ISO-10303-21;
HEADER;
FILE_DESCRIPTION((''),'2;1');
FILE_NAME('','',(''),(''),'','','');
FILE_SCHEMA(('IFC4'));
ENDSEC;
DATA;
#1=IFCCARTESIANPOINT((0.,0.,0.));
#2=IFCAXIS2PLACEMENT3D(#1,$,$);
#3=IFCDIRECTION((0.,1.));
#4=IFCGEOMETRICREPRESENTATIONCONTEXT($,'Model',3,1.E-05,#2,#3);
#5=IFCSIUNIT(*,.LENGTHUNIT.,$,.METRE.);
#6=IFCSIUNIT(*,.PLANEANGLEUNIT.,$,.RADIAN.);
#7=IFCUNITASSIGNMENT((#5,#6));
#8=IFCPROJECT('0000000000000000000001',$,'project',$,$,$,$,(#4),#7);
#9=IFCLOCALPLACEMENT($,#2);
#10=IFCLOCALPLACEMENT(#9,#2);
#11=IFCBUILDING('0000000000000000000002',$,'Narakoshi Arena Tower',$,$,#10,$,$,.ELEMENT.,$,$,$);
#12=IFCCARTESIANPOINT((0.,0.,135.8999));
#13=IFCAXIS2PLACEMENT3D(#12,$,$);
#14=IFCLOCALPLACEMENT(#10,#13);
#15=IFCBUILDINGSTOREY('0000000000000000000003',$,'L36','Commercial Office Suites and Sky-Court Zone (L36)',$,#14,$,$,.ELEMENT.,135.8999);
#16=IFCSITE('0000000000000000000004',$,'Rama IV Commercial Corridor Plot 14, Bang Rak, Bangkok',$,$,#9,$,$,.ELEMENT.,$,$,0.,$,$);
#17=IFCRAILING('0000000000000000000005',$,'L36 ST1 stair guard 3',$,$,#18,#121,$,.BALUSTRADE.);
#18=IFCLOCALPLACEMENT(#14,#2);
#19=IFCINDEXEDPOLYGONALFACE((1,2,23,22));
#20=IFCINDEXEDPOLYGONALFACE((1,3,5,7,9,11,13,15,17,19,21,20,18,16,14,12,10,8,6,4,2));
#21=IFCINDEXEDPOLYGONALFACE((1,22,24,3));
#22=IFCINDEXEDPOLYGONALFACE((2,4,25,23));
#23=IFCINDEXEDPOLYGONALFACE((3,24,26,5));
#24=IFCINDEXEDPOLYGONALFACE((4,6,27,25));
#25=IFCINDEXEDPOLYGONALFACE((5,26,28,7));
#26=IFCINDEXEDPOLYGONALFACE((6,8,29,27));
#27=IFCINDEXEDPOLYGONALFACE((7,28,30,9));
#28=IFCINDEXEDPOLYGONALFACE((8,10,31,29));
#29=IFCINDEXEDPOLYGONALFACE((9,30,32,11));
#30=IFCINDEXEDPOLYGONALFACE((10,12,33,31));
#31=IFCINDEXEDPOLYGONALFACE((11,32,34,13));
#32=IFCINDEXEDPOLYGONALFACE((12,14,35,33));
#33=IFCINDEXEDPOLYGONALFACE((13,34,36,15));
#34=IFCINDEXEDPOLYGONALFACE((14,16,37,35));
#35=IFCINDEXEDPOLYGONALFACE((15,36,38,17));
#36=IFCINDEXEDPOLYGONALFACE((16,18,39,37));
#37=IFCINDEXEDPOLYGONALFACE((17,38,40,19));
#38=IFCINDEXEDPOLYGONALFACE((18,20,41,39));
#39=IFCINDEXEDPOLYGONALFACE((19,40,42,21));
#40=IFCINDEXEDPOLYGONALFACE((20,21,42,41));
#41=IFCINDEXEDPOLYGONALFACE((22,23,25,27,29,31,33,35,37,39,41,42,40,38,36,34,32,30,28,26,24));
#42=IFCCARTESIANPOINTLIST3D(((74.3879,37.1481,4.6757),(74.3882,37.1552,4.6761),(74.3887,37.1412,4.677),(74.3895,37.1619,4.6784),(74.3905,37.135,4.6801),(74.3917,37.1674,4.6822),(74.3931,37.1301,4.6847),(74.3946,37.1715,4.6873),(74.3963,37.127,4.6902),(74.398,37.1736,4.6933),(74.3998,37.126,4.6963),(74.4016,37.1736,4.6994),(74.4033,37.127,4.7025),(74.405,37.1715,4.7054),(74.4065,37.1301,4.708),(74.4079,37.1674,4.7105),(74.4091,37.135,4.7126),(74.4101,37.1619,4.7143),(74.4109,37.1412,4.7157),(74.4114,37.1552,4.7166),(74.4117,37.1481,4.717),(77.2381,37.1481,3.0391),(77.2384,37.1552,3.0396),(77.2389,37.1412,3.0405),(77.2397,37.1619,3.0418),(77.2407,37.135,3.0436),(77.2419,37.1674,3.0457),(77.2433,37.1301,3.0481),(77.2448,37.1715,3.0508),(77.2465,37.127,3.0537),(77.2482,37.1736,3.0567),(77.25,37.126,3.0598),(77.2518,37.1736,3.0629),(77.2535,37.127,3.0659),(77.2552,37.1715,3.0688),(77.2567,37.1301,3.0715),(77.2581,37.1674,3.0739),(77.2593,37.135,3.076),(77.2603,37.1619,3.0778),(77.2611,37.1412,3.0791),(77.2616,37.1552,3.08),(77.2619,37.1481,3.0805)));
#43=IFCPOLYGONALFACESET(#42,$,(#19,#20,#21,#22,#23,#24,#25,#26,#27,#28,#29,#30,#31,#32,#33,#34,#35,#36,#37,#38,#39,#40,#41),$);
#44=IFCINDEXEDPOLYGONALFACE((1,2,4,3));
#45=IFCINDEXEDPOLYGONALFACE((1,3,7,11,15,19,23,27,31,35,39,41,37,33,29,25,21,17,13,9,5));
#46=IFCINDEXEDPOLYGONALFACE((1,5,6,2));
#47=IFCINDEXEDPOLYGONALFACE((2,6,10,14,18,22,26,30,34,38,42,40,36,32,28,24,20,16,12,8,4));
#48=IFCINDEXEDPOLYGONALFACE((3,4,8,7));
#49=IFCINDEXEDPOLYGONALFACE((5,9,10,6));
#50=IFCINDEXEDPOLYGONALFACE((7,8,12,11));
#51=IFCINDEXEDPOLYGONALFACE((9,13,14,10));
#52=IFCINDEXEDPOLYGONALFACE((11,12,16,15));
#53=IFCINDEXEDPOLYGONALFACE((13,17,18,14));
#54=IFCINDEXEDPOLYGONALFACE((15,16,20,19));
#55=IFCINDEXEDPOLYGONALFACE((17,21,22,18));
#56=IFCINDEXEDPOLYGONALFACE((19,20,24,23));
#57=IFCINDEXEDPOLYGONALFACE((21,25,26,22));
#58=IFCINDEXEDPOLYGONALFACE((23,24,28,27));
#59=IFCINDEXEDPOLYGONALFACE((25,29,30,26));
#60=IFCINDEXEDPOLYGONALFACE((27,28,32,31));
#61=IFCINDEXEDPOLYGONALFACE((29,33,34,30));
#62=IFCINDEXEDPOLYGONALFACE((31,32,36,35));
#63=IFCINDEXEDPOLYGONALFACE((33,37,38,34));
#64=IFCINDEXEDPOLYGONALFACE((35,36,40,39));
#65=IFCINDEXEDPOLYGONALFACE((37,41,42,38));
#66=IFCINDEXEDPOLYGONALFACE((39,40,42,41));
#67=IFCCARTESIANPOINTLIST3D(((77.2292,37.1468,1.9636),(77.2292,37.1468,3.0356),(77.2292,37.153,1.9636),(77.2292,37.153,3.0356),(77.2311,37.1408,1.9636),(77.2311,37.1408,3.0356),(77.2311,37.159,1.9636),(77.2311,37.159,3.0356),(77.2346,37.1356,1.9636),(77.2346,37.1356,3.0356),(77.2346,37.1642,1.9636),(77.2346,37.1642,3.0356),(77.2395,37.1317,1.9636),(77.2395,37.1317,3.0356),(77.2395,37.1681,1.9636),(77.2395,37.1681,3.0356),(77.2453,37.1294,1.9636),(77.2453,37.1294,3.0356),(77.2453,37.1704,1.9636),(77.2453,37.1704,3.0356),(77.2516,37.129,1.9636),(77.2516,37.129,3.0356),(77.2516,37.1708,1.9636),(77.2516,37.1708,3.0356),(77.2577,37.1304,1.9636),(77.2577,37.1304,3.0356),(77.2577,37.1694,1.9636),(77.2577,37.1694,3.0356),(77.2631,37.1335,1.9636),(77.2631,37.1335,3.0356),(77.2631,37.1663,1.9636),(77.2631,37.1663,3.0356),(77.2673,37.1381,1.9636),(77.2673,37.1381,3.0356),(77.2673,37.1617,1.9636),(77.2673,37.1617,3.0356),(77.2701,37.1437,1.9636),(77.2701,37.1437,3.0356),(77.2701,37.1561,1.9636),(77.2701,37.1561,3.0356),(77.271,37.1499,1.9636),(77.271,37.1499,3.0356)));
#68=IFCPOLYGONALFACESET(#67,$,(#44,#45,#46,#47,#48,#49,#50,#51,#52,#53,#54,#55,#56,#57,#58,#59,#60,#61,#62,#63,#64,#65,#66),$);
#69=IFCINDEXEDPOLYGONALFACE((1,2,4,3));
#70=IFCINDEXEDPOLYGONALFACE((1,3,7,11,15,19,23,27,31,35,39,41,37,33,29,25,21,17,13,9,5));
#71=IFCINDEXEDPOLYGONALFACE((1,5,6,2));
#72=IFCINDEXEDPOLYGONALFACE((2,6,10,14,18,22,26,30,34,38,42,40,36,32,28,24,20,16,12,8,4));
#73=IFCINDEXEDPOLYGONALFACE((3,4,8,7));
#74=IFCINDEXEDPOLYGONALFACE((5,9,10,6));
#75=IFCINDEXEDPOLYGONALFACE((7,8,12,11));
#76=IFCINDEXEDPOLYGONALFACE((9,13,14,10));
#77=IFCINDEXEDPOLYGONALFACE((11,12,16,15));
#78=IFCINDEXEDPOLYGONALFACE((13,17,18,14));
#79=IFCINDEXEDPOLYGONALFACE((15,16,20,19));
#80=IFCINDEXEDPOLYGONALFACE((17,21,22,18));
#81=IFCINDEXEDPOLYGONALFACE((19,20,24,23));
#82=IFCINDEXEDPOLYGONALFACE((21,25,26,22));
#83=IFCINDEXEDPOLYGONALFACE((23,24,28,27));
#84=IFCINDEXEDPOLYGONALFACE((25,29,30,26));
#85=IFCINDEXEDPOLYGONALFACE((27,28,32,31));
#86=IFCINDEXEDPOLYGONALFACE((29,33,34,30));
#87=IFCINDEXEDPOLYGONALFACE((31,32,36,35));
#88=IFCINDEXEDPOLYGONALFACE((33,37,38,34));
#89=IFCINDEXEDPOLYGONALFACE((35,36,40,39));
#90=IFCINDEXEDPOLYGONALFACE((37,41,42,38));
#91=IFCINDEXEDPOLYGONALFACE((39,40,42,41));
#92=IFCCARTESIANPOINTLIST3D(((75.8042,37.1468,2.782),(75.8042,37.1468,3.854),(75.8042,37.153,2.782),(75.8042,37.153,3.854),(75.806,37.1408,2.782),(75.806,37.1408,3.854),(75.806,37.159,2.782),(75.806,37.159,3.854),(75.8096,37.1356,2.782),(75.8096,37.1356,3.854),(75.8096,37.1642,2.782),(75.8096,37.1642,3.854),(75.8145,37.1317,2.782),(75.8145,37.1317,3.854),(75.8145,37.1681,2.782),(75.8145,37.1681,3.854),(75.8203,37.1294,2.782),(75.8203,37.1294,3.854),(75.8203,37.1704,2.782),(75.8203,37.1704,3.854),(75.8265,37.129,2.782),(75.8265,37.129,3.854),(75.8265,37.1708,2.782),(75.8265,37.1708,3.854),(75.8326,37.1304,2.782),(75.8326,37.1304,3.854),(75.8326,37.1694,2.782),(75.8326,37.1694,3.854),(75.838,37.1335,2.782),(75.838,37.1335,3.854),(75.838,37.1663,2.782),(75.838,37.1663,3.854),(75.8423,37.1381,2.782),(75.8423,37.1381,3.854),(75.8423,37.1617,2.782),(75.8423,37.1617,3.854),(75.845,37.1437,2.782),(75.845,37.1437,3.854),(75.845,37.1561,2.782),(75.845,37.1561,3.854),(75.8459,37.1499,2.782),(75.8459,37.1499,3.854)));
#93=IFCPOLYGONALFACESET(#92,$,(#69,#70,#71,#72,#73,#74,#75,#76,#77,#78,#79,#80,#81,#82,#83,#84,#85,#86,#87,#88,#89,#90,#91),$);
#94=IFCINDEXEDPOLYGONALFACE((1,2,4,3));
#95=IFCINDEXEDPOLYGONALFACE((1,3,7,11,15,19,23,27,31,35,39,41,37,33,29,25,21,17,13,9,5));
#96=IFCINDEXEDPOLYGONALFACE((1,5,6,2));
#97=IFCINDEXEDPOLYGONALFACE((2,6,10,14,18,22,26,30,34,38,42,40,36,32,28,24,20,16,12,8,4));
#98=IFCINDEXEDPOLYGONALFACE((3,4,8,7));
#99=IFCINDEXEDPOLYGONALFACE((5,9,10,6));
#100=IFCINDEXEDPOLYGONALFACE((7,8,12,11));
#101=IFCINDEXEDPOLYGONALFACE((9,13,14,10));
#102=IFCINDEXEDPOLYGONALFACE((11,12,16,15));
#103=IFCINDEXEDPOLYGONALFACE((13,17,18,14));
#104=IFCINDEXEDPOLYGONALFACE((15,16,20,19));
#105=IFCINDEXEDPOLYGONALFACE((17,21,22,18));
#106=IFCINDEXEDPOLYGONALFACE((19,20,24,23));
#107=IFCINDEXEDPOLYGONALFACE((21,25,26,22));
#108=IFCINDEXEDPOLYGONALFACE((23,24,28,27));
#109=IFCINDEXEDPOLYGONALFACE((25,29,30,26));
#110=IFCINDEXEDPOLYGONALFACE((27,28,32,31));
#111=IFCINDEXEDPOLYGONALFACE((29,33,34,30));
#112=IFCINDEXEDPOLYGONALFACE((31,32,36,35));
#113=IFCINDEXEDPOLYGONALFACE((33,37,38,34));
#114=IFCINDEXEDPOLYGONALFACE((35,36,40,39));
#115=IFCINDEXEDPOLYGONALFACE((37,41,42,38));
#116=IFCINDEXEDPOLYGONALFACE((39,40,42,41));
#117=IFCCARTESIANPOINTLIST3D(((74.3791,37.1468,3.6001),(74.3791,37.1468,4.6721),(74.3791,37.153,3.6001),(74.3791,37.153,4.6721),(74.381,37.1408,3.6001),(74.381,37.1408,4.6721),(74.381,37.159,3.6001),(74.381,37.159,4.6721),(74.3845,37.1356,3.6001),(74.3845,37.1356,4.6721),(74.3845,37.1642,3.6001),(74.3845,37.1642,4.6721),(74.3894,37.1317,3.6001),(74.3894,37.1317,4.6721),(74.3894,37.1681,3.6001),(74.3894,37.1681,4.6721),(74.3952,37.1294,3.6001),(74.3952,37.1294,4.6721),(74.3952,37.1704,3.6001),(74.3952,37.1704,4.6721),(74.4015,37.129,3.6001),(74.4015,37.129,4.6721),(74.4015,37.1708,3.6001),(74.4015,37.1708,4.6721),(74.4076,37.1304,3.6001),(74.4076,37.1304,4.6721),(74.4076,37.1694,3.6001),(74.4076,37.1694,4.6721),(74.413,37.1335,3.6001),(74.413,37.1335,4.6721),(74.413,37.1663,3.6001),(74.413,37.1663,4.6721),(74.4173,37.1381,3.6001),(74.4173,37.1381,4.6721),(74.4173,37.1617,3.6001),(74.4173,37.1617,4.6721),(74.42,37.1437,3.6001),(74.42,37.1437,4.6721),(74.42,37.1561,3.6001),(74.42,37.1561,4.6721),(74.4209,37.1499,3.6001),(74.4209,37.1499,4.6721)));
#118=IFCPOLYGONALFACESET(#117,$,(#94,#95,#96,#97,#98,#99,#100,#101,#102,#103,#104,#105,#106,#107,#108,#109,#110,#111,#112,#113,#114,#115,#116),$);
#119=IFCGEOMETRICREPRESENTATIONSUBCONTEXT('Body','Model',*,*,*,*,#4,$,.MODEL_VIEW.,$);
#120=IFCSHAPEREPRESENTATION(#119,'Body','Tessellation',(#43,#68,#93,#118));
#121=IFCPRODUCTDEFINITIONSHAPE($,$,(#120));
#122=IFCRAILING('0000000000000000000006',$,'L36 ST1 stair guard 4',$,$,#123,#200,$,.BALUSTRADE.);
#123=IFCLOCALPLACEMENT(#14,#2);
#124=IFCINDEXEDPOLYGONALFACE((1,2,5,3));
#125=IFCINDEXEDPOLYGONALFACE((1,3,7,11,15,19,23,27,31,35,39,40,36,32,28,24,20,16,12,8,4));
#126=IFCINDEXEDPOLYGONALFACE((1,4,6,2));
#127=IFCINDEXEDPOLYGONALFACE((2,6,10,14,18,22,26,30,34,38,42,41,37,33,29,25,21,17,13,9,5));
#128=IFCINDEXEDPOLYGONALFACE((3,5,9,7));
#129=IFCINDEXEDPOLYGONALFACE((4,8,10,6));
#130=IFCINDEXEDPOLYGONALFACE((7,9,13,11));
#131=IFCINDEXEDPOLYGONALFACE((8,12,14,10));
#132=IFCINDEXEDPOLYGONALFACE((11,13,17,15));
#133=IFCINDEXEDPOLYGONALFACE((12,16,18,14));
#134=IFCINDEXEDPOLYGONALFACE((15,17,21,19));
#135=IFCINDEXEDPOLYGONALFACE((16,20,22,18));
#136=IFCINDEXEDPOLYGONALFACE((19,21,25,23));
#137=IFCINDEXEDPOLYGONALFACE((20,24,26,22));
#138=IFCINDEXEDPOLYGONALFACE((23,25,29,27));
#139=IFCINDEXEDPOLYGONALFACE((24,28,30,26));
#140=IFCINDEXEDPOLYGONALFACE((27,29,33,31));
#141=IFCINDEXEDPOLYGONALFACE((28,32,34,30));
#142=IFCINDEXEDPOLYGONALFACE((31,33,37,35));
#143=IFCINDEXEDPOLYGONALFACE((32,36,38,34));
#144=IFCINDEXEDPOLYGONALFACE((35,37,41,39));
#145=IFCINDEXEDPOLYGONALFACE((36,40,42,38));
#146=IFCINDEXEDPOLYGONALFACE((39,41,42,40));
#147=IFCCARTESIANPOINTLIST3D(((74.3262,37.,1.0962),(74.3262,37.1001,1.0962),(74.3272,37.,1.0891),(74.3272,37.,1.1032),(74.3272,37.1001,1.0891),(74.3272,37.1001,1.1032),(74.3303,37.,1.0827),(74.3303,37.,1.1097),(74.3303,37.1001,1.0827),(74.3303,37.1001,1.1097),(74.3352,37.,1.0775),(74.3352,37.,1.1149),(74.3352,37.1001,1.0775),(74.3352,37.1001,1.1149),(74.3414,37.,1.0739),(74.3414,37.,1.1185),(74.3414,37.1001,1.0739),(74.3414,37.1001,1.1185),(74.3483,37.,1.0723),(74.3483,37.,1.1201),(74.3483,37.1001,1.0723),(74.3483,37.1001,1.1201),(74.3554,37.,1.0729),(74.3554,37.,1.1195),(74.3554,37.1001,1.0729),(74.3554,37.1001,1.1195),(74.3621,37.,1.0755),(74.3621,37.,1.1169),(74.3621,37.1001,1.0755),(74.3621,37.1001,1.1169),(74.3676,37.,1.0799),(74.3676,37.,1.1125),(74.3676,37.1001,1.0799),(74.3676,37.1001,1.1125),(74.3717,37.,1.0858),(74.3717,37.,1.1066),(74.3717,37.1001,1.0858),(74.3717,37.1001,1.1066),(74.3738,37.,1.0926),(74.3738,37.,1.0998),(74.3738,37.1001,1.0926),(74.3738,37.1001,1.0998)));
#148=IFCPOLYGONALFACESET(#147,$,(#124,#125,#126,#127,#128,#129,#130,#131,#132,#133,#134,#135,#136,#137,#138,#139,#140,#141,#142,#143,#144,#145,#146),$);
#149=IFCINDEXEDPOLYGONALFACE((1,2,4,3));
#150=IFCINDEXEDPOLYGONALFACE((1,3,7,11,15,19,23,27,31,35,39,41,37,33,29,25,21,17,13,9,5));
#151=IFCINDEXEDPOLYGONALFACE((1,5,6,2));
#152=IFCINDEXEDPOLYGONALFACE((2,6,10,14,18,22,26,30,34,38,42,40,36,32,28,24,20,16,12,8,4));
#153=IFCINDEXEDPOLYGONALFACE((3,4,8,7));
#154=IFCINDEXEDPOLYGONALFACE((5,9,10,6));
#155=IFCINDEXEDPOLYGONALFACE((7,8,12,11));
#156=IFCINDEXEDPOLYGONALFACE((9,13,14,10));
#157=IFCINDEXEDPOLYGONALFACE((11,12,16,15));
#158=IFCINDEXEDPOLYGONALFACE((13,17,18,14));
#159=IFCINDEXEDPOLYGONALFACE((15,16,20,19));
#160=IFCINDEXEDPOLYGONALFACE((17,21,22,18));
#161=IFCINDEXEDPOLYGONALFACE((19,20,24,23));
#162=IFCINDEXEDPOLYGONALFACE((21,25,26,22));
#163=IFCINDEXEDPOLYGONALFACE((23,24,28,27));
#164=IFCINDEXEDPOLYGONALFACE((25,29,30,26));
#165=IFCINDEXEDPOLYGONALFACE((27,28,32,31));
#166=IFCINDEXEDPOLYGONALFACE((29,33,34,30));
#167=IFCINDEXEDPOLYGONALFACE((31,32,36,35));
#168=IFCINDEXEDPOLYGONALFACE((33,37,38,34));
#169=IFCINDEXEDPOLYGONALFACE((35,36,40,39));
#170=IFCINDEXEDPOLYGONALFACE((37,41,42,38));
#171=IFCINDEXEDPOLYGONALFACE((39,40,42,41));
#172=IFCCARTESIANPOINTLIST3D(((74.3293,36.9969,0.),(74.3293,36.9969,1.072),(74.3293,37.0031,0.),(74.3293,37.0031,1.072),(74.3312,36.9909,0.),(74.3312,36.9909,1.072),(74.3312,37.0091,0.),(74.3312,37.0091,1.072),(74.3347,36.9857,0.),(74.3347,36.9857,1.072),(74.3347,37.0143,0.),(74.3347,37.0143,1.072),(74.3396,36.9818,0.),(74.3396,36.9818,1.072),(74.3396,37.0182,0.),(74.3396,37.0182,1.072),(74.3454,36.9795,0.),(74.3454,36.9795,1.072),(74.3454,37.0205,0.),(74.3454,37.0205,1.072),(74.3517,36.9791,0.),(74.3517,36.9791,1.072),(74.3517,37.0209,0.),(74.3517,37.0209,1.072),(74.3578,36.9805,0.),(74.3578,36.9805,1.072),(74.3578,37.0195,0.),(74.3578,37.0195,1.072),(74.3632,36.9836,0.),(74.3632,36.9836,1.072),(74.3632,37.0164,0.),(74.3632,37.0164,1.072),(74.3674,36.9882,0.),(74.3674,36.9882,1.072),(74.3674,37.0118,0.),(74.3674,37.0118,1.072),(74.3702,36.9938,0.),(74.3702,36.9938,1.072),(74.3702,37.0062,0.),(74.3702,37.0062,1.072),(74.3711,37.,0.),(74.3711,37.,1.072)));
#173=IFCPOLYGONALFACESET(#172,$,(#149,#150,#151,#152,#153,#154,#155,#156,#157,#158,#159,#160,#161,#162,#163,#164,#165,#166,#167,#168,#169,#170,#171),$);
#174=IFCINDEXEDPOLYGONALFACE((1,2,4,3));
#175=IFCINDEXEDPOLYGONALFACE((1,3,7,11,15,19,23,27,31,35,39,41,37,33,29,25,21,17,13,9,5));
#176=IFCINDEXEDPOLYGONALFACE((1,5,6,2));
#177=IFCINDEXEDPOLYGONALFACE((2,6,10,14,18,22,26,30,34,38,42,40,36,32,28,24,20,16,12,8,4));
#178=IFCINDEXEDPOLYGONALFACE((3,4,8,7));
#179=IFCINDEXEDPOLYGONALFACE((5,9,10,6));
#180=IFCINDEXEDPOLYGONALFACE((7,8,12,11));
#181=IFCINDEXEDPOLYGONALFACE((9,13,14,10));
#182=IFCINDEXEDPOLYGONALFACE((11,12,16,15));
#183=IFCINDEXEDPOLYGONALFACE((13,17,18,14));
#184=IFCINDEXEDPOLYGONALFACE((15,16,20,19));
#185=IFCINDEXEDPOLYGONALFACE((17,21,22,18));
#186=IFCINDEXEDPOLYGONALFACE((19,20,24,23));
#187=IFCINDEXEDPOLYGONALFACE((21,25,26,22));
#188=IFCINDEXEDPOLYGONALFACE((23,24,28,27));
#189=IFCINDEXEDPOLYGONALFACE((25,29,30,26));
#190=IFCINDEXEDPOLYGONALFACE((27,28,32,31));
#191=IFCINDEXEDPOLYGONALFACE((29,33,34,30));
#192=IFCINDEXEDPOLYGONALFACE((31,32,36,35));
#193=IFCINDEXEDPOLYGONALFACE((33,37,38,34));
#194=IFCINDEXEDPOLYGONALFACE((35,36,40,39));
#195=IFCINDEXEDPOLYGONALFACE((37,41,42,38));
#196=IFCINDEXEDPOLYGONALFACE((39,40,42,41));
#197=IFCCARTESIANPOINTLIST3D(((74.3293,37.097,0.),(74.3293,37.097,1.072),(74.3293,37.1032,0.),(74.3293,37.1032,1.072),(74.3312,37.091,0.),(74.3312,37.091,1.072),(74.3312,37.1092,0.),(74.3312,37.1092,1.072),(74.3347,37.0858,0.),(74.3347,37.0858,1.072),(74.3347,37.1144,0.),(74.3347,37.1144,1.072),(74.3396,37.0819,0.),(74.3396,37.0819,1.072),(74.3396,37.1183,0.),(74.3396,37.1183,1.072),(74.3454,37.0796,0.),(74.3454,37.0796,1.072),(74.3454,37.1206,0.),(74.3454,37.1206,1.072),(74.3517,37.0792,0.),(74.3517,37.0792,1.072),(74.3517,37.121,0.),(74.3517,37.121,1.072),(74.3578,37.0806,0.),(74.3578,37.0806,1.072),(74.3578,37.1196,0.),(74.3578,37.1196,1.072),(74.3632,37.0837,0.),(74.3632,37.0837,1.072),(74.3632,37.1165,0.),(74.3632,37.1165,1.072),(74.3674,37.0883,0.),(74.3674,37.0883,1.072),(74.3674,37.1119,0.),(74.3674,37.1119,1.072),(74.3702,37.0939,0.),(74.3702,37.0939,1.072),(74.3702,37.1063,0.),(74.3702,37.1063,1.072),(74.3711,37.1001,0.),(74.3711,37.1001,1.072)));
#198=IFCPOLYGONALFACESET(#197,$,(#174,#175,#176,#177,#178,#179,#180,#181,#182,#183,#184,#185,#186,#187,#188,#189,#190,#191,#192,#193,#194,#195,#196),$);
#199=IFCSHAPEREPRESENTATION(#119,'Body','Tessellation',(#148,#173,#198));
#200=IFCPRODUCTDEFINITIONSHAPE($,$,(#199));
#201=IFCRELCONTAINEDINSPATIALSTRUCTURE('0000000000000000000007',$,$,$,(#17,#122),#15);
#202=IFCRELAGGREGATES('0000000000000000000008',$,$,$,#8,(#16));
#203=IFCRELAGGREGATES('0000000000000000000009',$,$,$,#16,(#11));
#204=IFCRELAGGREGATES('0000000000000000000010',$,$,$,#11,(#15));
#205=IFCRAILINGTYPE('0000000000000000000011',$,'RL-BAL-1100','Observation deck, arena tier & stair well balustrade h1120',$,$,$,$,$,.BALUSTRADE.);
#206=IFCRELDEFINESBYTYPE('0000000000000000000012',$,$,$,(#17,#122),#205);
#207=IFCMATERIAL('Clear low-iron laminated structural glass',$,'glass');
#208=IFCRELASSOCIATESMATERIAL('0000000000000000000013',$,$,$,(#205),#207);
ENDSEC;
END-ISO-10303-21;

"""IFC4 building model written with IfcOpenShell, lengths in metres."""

from ifc_helpers import new_model, si_unit, direction, frame, origin, origin_2d, place, context, subcontext, project, spatial, circle, extrude, material, type_object, element, save


model = new_model("IFC4")

# Units and contexts
model_context = context("Model", 3, precision=1e-05, world=origin(), true_north=direction((0.0, 1.0)))
body_context = subcontext(model_context, "Body", "Model", "MODEL_VIEW")
ifc_project = project(units=[si_unit("LENGTHUNIT", "METRE"), si_unit("PLANEANGLEUNIT", "RADIAN")], contexts=[model_context])

# Site, building, storey
site_placement = place(None, origin())
site = spatial("IfcSite", under=ifc_project, at=site_placement, Name="Rama IV Commercial Corridor Plot 14, Bang Rak, Bangkok", CompositionType="ELEMENT", RefElevation=0.0)
building_placement = place(site_placement, origin())
building = spatial("IfcBuilding", under=site, at=building_placement, Name="Narakoshi Arena Tower", CompositionType="ELEMENT")
storey_placement = place(building_placement, frame((0.0, 0.0, 135.8999)))
storey = spatial("IfcBuildingStorey", under=building, at=storey_placement, Name="L36", Description="Commercial Office Suites and Sky-Court Zone (L36)", CompositionType="ELEMENT", Elevation=135.8999)

# Railings
ifc_material_1 = material(Name="Clear low-iron laminated structural glass", Category="glass")
railing_type_1 = type_object("IfcRailingType", Name="RL-BAL-1100", Description="Observation deck, arena tier & stair well balustrade h1120", PredefinedType="BALUSTRADE", material=ifc_material_1)
railing_1_placement = place(storey_placement, frame((77.25, 37.1499, 1.9636)))
element("IfcRailing", 1, at=railing_1_placement, inside=storey, type_object=railing_type_1, Name="L36 ST1 stair guard 3", PredefinedType="BALUSTRADE", context=body_context, shape_type="SweptSolid", body=[
    extrude(circle(Radius=0.0239, at=origin_2d()), frame((0.0, 0.0, 1.0962), z_axis=(-0.867213, 0.0, 0.497938), x_axis=(0.0, -1.0, 0.0)), (0.0, 0.0, 1.0), 3.2866),
    extrude(circle(Radius=0.021, at=origin_2d()), origin(), (0.0, 0.0, 1.0), 1.072),
    extrude(circle(Radius=0.021, at=origin_2d()), frame((-1.425, 0.0, 0.8184)), (0.0, 0.0, 1.0), 1.072),
    extrude(circle(Radius=0.021, at=origin_2d()), frame((-2.8501, 0.0, 1.6365)), (0.0, 0.0, 1.0), 1.072),
])
railing_2_placement = place(storey_placement, frame((74.3501, 37.0, 0.0)))
element("IfcRailing", 2, at=railing_2_placement, inside=storey, type_object=railing_type_1, Name="L36 ST1 stair guard 4", PredefinedType="BALUSTRADE", context=body_context, shape_type="SweptSolid", body=[
    extrude(circle(Radius=0.0239, at=origin_2d()), frame((0.0, 0.0, 1.0962), z_axis=(0.0, 1.0, 0.0), x_axis=(-1.0, 0.0, 0.0)), (0.0, 0.0, 1.0), 0.1001),
    extrude(circle(Radius=0.021, at=origin_2d()), origin(), (0.0, 0.0, 1.0), 1.072),
    extrude(circle(Radius=0.021, at=origin_2d()), frame((0.0, 0.1001, 0.0)), (0.0, 0.0, 1.0), 1.072),
])

save(model, "model.ifc")
